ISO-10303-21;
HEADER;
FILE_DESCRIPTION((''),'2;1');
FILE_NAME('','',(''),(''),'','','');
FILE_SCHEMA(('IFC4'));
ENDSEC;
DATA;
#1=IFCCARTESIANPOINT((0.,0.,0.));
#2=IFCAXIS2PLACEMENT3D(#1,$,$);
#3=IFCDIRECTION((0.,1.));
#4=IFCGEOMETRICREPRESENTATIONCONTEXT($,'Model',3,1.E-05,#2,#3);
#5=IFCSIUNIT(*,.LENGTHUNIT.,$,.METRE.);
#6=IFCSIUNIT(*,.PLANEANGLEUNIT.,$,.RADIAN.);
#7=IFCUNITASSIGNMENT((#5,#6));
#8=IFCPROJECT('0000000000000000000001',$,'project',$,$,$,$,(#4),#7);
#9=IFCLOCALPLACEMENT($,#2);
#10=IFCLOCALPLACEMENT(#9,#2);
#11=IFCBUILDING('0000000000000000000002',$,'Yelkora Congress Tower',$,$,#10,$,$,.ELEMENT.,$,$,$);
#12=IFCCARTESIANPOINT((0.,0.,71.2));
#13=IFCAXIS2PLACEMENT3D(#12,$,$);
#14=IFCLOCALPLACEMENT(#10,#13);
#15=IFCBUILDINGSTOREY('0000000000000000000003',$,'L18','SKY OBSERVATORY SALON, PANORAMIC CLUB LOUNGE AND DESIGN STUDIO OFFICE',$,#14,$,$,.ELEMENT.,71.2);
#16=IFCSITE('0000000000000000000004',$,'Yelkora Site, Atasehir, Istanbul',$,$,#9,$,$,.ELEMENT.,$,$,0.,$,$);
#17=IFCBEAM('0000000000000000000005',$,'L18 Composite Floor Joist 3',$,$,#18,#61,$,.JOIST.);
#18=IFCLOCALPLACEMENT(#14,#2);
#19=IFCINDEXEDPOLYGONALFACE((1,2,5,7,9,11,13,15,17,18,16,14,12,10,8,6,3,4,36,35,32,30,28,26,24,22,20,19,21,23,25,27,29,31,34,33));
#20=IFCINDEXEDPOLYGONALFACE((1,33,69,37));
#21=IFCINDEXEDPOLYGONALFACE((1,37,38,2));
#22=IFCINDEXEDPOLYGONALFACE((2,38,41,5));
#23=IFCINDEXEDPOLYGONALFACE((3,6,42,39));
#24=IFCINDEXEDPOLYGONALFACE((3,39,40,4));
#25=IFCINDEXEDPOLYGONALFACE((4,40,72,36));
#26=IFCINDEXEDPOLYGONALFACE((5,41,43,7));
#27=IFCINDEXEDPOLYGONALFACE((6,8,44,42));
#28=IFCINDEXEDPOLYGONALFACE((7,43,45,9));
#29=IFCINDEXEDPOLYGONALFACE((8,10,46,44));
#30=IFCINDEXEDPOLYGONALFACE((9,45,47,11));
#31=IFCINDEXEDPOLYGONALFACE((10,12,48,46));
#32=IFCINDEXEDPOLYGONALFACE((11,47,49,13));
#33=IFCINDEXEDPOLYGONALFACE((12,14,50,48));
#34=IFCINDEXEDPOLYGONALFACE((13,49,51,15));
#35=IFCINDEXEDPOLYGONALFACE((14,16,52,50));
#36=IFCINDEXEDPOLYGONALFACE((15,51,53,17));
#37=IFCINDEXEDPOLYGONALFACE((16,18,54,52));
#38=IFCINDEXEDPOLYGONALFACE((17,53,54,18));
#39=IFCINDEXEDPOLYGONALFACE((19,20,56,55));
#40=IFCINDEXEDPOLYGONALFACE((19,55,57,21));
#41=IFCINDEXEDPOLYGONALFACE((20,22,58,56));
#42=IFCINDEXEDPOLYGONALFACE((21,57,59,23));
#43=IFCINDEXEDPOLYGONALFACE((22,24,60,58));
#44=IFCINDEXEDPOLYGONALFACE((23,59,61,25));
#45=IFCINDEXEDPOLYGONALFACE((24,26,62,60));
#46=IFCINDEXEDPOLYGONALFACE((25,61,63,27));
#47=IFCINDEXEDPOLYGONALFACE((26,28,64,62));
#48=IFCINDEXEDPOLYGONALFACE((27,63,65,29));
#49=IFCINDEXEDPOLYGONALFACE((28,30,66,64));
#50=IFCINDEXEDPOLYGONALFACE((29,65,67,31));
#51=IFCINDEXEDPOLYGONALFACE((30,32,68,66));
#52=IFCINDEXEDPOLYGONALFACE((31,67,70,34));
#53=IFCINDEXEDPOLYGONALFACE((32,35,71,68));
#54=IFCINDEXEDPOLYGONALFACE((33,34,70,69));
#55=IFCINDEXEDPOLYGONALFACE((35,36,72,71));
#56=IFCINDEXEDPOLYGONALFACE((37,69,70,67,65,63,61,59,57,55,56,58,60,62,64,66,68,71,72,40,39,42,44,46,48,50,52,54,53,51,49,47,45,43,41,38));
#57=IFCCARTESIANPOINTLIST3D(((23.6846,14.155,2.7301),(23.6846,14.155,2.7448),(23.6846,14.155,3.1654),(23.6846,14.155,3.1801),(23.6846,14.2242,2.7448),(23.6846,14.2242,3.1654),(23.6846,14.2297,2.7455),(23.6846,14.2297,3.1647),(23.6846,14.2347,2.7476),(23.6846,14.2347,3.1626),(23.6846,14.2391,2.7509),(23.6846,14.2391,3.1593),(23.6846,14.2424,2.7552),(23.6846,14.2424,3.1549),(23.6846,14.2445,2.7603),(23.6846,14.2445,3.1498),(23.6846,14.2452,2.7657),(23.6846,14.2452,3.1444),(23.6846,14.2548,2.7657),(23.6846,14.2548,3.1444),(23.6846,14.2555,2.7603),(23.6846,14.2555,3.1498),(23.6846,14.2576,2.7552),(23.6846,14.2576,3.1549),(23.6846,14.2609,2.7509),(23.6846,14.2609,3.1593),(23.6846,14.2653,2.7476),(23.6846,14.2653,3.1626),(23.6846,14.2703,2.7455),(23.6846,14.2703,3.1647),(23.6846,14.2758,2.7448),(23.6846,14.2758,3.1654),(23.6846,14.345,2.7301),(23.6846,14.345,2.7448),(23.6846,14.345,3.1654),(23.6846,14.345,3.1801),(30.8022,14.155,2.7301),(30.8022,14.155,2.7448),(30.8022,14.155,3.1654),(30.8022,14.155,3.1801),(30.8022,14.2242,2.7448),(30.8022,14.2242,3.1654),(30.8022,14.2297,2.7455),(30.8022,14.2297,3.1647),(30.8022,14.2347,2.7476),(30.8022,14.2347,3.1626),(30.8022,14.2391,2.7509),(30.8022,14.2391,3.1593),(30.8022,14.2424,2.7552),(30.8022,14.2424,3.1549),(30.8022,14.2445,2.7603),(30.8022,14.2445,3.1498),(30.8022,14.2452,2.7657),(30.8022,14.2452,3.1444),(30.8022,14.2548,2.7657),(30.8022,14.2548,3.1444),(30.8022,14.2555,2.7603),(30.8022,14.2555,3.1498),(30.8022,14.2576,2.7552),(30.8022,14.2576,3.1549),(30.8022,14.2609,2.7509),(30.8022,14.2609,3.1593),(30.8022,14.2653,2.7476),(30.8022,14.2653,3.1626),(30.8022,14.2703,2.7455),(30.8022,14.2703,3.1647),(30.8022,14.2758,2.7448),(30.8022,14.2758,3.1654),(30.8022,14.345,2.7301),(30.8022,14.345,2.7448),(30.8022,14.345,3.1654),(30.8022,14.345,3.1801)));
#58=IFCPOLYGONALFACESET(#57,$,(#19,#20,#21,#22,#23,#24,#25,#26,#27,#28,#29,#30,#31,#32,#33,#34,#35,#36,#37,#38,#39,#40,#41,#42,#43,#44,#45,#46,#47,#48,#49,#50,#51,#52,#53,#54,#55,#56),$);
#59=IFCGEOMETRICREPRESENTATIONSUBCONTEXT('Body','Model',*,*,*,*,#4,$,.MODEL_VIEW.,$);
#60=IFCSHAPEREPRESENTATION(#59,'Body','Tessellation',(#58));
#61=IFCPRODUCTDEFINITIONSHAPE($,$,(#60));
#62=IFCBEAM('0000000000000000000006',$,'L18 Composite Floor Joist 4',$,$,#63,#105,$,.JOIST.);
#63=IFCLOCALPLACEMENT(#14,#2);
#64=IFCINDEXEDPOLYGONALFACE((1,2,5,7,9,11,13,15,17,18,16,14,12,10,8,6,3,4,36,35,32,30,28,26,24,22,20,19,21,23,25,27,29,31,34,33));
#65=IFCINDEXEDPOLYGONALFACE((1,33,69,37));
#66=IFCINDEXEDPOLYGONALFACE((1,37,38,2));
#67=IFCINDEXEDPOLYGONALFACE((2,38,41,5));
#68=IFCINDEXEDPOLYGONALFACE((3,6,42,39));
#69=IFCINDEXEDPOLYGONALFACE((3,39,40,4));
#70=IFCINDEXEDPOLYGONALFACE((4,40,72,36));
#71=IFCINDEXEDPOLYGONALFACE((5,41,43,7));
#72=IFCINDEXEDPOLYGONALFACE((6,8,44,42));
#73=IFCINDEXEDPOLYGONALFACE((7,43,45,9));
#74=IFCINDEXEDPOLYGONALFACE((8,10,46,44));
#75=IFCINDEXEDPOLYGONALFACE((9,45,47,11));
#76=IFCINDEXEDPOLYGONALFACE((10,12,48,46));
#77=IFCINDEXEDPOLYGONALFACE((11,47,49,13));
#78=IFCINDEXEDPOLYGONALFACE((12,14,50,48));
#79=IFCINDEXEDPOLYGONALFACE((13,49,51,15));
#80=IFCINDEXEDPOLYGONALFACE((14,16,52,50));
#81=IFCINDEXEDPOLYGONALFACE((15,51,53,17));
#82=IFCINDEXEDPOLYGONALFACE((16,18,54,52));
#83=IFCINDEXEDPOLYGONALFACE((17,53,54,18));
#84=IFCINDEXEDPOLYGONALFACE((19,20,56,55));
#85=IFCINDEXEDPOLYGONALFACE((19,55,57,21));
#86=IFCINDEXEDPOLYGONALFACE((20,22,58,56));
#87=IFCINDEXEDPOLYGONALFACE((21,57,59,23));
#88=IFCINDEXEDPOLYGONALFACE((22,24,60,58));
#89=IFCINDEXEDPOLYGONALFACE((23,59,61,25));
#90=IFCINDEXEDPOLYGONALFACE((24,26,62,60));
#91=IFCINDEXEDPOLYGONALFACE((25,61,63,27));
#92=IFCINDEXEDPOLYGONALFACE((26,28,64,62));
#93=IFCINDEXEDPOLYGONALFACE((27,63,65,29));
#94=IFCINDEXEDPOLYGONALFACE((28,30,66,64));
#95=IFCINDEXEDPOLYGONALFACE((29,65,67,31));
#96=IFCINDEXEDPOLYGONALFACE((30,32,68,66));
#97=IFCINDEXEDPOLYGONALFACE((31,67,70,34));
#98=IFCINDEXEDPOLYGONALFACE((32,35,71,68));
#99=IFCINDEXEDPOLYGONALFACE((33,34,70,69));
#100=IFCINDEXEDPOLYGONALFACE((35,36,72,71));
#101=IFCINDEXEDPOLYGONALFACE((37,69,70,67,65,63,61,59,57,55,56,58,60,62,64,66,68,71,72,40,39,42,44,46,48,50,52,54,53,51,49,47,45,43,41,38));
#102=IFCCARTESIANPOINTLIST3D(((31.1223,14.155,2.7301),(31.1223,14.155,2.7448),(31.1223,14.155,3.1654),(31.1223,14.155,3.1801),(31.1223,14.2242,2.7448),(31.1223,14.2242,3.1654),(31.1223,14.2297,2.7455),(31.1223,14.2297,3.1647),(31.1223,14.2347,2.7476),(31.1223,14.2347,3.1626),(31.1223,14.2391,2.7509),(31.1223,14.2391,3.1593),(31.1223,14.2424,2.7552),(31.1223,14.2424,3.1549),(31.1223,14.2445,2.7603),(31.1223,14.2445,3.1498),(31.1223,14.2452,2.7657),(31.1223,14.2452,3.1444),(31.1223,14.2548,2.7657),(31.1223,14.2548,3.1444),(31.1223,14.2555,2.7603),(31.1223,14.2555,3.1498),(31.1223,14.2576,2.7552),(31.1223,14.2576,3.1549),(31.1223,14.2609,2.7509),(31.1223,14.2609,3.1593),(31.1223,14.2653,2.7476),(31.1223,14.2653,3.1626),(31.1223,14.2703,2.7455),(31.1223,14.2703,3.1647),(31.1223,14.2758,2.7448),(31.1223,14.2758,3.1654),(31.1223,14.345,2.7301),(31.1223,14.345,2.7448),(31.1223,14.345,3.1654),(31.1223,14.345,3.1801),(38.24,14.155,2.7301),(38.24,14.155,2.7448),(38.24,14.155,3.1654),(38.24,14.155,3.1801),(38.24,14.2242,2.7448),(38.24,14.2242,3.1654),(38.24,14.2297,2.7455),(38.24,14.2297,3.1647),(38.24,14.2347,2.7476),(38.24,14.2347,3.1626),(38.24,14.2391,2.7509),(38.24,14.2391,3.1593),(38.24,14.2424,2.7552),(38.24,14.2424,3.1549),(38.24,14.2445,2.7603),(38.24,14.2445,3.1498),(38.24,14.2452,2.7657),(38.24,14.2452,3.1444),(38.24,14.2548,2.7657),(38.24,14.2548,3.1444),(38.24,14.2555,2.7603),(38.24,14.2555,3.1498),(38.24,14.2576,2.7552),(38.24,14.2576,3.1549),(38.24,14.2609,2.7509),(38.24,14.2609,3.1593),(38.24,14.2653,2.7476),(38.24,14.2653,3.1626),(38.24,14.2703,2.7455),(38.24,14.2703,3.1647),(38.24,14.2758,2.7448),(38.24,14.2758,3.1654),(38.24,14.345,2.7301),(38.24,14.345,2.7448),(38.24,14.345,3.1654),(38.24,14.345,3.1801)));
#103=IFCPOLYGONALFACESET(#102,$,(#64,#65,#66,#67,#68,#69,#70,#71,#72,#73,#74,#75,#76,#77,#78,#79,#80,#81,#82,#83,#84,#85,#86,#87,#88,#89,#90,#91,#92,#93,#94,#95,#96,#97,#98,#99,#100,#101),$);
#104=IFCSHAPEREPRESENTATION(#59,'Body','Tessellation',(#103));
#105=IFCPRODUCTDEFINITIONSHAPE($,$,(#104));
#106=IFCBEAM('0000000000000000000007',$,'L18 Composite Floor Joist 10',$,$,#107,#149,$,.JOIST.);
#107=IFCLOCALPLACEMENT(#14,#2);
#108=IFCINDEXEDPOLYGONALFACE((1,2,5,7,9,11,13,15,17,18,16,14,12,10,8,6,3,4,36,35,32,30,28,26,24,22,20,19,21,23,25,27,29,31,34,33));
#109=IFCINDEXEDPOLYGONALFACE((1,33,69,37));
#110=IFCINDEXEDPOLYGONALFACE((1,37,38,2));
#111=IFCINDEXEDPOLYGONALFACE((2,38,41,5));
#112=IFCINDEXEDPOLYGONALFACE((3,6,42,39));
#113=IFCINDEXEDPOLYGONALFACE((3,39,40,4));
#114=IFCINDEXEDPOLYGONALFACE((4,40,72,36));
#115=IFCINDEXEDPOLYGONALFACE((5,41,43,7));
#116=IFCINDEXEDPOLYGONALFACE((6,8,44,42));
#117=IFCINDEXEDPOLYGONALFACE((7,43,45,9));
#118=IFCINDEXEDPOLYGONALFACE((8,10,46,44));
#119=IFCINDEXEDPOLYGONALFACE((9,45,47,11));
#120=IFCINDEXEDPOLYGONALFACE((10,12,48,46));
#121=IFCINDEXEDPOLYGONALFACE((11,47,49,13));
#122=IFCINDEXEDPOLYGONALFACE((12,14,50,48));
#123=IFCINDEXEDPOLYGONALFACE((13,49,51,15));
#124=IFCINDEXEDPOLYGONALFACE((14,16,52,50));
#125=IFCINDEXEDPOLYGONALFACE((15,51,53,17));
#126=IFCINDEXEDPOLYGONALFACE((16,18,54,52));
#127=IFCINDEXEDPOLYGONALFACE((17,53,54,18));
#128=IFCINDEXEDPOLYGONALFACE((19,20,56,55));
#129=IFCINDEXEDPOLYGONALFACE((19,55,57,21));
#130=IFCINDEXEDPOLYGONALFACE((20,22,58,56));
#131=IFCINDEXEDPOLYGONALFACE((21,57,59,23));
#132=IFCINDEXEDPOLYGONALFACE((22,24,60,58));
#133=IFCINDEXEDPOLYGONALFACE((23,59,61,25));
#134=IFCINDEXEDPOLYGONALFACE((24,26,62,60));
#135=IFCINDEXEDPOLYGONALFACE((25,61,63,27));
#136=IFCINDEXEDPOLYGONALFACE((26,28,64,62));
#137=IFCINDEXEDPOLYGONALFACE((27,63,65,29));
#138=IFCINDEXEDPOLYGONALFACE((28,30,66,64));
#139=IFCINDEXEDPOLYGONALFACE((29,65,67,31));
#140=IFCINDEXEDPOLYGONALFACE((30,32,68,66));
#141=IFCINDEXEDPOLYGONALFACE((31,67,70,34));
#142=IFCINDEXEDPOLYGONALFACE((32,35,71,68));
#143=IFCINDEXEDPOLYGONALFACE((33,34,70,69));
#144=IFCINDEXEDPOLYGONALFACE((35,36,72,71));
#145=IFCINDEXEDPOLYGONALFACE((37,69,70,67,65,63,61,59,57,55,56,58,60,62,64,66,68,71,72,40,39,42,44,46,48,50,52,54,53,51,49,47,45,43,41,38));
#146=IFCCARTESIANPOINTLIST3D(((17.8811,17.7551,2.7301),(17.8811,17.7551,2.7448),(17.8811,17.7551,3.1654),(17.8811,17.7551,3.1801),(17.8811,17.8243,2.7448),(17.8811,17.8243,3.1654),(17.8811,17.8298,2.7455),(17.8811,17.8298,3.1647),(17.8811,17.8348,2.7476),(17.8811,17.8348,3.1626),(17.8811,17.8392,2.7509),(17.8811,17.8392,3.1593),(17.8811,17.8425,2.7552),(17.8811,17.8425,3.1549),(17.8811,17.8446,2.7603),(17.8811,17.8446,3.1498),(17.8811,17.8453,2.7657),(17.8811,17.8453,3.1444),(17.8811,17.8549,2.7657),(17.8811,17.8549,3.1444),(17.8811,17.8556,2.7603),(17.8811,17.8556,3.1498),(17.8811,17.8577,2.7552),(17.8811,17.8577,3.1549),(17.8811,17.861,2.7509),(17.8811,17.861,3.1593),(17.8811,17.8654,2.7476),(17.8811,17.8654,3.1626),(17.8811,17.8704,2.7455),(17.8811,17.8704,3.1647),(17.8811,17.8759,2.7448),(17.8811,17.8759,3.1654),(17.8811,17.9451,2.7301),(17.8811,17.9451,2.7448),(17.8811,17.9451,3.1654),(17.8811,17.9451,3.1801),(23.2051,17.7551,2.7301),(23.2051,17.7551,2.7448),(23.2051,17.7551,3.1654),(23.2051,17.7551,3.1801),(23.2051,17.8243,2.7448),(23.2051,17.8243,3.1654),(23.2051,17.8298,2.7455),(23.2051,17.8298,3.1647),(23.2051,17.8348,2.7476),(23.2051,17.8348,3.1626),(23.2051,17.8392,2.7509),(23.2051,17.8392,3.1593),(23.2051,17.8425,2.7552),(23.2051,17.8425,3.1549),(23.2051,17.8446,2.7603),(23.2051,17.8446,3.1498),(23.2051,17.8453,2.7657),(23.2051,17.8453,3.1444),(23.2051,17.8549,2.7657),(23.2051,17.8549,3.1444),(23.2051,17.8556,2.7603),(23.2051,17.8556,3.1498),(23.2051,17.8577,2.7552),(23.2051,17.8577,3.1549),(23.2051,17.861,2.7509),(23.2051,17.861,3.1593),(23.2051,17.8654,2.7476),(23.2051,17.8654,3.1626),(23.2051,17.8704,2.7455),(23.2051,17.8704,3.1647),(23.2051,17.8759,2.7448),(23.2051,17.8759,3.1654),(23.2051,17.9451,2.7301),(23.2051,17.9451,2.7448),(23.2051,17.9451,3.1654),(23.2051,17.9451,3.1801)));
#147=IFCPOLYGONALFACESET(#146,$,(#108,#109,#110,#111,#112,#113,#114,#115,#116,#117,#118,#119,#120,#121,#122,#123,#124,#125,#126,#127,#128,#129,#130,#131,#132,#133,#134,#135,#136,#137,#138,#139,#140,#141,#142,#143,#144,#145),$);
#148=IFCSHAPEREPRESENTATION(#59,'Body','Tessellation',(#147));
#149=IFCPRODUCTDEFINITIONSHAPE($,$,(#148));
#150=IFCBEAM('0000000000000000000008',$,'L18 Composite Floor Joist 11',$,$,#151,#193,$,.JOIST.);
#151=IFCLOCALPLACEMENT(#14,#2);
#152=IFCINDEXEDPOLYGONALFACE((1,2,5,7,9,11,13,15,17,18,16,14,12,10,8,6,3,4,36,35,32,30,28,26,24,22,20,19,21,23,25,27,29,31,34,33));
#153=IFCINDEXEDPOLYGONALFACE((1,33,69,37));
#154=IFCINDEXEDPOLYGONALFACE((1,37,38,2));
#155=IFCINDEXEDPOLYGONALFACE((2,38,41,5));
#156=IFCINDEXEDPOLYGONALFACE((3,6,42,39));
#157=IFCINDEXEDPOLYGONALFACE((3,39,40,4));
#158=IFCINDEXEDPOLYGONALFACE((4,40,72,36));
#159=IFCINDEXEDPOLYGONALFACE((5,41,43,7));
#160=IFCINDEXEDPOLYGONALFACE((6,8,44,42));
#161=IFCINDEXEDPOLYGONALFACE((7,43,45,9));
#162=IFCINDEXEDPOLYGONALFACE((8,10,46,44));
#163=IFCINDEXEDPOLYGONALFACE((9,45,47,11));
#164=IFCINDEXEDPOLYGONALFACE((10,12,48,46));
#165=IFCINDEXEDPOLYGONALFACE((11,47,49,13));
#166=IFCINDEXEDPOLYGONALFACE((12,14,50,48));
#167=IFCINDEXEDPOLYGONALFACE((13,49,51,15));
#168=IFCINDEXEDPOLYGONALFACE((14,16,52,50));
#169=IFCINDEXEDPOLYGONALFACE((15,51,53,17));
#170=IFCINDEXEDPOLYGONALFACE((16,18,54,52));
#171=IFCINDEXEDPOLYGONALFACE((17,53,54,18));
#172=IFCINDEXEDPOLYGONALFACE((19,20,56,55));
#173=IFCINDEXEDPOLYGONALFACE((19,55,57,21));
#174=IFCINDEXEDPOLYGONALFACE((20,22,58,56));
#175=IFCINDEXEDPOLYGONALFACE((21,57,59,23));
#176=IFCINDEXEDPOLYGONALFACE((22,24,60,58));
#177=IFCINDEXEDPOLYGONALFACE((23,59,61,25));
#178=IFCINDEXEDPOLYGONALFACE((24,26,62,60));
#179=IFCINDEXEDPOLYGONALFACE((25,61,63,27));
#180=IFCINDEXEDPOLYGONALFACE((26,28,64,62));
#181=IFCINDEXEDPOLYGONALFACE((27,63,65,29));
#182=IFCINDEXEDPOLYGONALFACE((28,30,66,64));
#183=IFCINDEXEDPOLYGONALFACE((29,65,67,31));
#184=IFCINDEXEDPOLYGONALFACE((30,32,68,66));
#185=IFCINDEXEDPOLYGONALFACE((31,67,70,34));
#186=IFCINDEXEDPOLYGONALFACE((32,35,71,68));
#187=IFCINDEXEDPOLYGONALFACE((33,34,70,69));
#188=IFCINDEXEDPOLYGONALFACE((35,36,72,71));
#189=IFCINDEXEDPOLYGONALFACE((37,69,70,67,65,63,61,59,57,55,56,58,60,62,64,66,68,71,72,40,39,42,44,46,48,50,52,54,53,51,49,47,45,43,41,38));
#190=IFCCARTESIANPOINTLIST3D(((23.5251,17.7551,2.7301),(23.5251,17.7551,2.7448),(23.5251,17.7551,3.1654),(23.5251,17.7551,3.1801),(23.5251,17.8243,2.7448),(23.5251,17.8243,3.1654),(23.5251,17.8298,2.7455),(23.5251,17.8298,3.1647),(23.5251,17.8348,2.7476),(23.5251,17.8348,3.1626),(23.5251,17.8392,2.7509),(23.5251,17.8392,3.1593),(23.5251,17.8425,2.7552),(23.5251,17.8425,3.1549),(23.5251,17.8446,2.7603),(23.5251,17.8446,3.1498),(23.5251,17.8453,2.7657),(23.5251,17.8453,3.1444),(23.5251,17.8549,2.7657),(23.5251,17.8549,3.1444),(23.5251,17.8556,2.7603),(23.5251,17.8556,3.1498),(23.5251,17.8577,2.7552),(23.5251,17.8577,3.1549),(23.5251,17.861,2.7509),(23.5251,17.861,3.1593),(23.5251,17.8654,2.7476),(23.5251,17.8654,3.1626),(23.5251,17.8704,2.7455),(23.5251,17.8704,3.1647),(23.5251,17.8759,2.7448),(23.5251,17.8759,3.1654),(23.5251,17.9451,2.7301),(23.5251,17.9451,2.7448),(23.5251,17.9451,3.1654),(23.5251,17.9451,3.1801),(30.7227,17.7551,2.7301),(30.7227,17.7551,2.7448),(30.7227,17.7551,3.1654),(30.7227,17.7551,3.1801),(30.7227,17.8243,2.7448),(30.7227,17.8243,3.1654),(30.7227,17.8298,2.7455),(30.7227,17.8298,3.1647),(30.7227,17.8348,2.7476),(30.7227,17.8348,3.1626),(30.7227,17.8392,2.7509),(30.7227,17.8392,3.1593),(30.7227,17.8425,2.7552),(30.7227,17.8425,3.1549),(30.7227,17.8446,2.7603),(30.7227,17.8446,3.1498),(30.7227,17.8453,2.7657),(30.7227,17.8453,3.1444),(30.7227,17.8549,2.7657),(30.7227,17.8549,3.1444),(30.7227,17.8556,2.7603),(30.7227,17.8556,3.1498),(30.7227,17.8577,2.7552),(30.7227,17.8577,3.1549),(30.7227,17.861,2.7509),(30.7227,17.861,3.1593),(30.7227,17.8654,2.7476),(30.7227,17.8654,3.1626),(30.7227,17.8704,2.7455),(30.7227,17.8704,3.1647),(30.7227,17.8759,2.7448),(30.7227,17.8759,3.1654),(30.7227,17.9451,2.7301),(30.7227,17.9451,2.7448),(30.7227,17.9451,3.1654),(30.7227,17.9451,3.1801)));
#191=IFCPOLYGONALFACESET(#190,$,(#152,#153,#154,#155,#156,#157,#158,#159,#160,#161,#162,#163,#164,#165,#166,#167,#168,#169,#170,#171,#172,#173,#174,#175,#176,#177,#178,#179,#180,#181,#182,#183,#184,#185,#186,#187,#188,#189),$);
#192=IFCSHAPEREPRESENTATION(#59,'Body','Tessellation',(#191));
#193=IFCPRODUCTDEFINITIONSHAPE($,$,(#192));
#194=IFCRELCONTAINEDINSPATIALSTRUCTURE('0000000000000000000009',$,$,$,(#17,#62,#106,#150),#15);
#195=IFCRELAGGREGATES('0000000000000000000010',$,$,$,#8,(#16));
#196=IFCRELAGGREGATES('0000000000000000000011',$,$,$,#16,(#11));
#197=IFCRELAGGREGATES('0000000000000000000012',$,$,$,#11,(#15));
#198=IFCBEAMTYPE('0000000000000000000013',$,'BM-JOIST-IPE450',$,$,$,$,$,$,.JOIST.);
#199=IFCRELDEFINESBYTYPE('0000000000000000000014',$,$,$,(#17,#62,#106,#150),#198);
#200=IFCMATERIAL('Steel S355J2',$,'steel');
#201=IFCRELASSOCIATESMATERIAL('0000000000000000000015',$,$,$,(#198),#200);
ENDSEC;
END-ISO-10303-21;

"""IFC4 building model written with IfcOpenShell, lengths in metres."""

from ifc_helpers import new_model, si_unit, direction, frame, origin, origin_2d, place, context, subcontext, project, spatial, i_section, extrude, material, material_profile, profile_set, type_object, element, save


model = new_model("IFC4")

# Units and contexts
model_context = context("Model", 3, precision=1e-05, world=origin(), true_north=direction((0.0, 1.0)))
body_context = subcontext(model_context, "Body", "Model", "MODEL_VIEW")
ifc_project = project(units=[si_unit("LENGTHUNIT", "METRE"), si_unit("PLANEANGLEUNIT", "RADIAN")], contexts=[model_context])

# Site, building, storey
site_placement = place(None, origin())
site = spatial("IfcSite", under=ifc_project, at=site_placement, Name="Yelkora Site, Atasehir, Istanbul", CompositionType="ELEMENT", RefElevation=0.0)
building_placement = place(site_placement, origin())
building = spatial("IfcBuilding", under=site, at=building_placement, Name="Yelkora Congress Tower", CompositionType="ELEMENT")
storey_placement = place(building_placement, frame((0.0, 0.0, 71.2)))
storey = spatial("IfcBuildingStorey", under=building, at=storey_placement, Name="L18", Description="SKY OBSERVATORY SALON, PANORAMIC CLUB LOUNGE AND DESIGN STUDIO OFFICE", CompositionType="ELEMENT", Elevation=71.2)

# Beams
ifc_material_1 = material(Name="Steel S355J2", Category="steel")
ifc_material_profile_1 = material_profile(ifc_material_1, i_section(OverallWidth=0.1899, OverallDepth=0.45, WebThickness=0.0095, FlangeThickness=0.0146, FilletRadius=0.021, at=origin_2d()), Name="IPE 450")
ifc_profile_set_1 = profile_set([ifc_material_profile_1], Name="Steel S355J2")
beam_type_1 = type_object("IfcBeamType", Name="BM-JOIST-IPE450", PredefinedType="JOIST", material=ifc_profile_set_1)
for number, where, z_axis, x_axis, name in (
    (1, (23.6846, 14.25, 2.9551), (1.0, 0.0, 0.0), (0.0, 1.0, 0.0), "L18 Composite Floor Joist 3"),
    (2, (31.1223, 14.25, 2.9551), (1.0, 0.0, 0.0), (0.0, 1.0, 0.0), "L18 Composite Floor Joist 4"),
):
    element("IfcBeam", number, at=place(storey_placement, frame(where, z_axis=z_axis, x_axis=x_axis)), inside=storey, type_object=beam_type_1, Name=name, PredefinedType="JOIST", context=body_context, shape_type="SweptSolid", body=[
        extrude(i_section(OverallWidth=0.1899, OverallDepth=0.45, WebThickness=0.0095, FlangeThickness=0.0146, FilletRadius=0.021, at=origin_2d()), origin(), (0.0, 0.0, 1.0), 7.1177),
    ])
beam_1_placement = place(storey_placement, frame((17.8811, 17.8501, 2.9551), z_axis=(1.0, 0.0, 0.0), x_axis=(0.0, 1.0, 0.0)))
element("IfcBeam", 3, at=beam_1_placement, inside=storey, type_object=beam_type_1, Name="L18 Composite Floor Joist 10", PredefinedType="JOIST", context=body_context, shape_type="SweptSolid", body=[
    extrude(i_section(OverallWidth=0.1899, OverallDepth=0.45, WebThickness=0.0095, FlangeThickness=0.0146, FilletRadius=0.021, at=origin_2d()), origin(), (0.0, 0.0, 1.0), 5.324),
])
for number, where, z_axis, x_axis, name in (
    (4, (23.5251, 17.8501, 2.9551), (1.0, 0.0, 0.0), (0.0, 1.0, 0.0), "L18 Composite Floor Joist 11"),
):
    element("IfcBeam", number, at=place(storey_placement, frame(where, z_axis=z_axis, x_axis=x_axis)), inside=storey, type_object=beam_type_1, Name=name, PredefinedType="JOIST", context=body_context, shape_type="SweptSolid", body=[
        extrude(i_section(OverallWidth=0.1899, OverallDepth=0.45, WebThickness=0.0095, FlangeThickness=0.0146, FilletRadius=0.021, at=origin_2d()), origin(), (0.0, 0.0, 1.0), 7.1975),
    ])

save(model, "model.ifc")
